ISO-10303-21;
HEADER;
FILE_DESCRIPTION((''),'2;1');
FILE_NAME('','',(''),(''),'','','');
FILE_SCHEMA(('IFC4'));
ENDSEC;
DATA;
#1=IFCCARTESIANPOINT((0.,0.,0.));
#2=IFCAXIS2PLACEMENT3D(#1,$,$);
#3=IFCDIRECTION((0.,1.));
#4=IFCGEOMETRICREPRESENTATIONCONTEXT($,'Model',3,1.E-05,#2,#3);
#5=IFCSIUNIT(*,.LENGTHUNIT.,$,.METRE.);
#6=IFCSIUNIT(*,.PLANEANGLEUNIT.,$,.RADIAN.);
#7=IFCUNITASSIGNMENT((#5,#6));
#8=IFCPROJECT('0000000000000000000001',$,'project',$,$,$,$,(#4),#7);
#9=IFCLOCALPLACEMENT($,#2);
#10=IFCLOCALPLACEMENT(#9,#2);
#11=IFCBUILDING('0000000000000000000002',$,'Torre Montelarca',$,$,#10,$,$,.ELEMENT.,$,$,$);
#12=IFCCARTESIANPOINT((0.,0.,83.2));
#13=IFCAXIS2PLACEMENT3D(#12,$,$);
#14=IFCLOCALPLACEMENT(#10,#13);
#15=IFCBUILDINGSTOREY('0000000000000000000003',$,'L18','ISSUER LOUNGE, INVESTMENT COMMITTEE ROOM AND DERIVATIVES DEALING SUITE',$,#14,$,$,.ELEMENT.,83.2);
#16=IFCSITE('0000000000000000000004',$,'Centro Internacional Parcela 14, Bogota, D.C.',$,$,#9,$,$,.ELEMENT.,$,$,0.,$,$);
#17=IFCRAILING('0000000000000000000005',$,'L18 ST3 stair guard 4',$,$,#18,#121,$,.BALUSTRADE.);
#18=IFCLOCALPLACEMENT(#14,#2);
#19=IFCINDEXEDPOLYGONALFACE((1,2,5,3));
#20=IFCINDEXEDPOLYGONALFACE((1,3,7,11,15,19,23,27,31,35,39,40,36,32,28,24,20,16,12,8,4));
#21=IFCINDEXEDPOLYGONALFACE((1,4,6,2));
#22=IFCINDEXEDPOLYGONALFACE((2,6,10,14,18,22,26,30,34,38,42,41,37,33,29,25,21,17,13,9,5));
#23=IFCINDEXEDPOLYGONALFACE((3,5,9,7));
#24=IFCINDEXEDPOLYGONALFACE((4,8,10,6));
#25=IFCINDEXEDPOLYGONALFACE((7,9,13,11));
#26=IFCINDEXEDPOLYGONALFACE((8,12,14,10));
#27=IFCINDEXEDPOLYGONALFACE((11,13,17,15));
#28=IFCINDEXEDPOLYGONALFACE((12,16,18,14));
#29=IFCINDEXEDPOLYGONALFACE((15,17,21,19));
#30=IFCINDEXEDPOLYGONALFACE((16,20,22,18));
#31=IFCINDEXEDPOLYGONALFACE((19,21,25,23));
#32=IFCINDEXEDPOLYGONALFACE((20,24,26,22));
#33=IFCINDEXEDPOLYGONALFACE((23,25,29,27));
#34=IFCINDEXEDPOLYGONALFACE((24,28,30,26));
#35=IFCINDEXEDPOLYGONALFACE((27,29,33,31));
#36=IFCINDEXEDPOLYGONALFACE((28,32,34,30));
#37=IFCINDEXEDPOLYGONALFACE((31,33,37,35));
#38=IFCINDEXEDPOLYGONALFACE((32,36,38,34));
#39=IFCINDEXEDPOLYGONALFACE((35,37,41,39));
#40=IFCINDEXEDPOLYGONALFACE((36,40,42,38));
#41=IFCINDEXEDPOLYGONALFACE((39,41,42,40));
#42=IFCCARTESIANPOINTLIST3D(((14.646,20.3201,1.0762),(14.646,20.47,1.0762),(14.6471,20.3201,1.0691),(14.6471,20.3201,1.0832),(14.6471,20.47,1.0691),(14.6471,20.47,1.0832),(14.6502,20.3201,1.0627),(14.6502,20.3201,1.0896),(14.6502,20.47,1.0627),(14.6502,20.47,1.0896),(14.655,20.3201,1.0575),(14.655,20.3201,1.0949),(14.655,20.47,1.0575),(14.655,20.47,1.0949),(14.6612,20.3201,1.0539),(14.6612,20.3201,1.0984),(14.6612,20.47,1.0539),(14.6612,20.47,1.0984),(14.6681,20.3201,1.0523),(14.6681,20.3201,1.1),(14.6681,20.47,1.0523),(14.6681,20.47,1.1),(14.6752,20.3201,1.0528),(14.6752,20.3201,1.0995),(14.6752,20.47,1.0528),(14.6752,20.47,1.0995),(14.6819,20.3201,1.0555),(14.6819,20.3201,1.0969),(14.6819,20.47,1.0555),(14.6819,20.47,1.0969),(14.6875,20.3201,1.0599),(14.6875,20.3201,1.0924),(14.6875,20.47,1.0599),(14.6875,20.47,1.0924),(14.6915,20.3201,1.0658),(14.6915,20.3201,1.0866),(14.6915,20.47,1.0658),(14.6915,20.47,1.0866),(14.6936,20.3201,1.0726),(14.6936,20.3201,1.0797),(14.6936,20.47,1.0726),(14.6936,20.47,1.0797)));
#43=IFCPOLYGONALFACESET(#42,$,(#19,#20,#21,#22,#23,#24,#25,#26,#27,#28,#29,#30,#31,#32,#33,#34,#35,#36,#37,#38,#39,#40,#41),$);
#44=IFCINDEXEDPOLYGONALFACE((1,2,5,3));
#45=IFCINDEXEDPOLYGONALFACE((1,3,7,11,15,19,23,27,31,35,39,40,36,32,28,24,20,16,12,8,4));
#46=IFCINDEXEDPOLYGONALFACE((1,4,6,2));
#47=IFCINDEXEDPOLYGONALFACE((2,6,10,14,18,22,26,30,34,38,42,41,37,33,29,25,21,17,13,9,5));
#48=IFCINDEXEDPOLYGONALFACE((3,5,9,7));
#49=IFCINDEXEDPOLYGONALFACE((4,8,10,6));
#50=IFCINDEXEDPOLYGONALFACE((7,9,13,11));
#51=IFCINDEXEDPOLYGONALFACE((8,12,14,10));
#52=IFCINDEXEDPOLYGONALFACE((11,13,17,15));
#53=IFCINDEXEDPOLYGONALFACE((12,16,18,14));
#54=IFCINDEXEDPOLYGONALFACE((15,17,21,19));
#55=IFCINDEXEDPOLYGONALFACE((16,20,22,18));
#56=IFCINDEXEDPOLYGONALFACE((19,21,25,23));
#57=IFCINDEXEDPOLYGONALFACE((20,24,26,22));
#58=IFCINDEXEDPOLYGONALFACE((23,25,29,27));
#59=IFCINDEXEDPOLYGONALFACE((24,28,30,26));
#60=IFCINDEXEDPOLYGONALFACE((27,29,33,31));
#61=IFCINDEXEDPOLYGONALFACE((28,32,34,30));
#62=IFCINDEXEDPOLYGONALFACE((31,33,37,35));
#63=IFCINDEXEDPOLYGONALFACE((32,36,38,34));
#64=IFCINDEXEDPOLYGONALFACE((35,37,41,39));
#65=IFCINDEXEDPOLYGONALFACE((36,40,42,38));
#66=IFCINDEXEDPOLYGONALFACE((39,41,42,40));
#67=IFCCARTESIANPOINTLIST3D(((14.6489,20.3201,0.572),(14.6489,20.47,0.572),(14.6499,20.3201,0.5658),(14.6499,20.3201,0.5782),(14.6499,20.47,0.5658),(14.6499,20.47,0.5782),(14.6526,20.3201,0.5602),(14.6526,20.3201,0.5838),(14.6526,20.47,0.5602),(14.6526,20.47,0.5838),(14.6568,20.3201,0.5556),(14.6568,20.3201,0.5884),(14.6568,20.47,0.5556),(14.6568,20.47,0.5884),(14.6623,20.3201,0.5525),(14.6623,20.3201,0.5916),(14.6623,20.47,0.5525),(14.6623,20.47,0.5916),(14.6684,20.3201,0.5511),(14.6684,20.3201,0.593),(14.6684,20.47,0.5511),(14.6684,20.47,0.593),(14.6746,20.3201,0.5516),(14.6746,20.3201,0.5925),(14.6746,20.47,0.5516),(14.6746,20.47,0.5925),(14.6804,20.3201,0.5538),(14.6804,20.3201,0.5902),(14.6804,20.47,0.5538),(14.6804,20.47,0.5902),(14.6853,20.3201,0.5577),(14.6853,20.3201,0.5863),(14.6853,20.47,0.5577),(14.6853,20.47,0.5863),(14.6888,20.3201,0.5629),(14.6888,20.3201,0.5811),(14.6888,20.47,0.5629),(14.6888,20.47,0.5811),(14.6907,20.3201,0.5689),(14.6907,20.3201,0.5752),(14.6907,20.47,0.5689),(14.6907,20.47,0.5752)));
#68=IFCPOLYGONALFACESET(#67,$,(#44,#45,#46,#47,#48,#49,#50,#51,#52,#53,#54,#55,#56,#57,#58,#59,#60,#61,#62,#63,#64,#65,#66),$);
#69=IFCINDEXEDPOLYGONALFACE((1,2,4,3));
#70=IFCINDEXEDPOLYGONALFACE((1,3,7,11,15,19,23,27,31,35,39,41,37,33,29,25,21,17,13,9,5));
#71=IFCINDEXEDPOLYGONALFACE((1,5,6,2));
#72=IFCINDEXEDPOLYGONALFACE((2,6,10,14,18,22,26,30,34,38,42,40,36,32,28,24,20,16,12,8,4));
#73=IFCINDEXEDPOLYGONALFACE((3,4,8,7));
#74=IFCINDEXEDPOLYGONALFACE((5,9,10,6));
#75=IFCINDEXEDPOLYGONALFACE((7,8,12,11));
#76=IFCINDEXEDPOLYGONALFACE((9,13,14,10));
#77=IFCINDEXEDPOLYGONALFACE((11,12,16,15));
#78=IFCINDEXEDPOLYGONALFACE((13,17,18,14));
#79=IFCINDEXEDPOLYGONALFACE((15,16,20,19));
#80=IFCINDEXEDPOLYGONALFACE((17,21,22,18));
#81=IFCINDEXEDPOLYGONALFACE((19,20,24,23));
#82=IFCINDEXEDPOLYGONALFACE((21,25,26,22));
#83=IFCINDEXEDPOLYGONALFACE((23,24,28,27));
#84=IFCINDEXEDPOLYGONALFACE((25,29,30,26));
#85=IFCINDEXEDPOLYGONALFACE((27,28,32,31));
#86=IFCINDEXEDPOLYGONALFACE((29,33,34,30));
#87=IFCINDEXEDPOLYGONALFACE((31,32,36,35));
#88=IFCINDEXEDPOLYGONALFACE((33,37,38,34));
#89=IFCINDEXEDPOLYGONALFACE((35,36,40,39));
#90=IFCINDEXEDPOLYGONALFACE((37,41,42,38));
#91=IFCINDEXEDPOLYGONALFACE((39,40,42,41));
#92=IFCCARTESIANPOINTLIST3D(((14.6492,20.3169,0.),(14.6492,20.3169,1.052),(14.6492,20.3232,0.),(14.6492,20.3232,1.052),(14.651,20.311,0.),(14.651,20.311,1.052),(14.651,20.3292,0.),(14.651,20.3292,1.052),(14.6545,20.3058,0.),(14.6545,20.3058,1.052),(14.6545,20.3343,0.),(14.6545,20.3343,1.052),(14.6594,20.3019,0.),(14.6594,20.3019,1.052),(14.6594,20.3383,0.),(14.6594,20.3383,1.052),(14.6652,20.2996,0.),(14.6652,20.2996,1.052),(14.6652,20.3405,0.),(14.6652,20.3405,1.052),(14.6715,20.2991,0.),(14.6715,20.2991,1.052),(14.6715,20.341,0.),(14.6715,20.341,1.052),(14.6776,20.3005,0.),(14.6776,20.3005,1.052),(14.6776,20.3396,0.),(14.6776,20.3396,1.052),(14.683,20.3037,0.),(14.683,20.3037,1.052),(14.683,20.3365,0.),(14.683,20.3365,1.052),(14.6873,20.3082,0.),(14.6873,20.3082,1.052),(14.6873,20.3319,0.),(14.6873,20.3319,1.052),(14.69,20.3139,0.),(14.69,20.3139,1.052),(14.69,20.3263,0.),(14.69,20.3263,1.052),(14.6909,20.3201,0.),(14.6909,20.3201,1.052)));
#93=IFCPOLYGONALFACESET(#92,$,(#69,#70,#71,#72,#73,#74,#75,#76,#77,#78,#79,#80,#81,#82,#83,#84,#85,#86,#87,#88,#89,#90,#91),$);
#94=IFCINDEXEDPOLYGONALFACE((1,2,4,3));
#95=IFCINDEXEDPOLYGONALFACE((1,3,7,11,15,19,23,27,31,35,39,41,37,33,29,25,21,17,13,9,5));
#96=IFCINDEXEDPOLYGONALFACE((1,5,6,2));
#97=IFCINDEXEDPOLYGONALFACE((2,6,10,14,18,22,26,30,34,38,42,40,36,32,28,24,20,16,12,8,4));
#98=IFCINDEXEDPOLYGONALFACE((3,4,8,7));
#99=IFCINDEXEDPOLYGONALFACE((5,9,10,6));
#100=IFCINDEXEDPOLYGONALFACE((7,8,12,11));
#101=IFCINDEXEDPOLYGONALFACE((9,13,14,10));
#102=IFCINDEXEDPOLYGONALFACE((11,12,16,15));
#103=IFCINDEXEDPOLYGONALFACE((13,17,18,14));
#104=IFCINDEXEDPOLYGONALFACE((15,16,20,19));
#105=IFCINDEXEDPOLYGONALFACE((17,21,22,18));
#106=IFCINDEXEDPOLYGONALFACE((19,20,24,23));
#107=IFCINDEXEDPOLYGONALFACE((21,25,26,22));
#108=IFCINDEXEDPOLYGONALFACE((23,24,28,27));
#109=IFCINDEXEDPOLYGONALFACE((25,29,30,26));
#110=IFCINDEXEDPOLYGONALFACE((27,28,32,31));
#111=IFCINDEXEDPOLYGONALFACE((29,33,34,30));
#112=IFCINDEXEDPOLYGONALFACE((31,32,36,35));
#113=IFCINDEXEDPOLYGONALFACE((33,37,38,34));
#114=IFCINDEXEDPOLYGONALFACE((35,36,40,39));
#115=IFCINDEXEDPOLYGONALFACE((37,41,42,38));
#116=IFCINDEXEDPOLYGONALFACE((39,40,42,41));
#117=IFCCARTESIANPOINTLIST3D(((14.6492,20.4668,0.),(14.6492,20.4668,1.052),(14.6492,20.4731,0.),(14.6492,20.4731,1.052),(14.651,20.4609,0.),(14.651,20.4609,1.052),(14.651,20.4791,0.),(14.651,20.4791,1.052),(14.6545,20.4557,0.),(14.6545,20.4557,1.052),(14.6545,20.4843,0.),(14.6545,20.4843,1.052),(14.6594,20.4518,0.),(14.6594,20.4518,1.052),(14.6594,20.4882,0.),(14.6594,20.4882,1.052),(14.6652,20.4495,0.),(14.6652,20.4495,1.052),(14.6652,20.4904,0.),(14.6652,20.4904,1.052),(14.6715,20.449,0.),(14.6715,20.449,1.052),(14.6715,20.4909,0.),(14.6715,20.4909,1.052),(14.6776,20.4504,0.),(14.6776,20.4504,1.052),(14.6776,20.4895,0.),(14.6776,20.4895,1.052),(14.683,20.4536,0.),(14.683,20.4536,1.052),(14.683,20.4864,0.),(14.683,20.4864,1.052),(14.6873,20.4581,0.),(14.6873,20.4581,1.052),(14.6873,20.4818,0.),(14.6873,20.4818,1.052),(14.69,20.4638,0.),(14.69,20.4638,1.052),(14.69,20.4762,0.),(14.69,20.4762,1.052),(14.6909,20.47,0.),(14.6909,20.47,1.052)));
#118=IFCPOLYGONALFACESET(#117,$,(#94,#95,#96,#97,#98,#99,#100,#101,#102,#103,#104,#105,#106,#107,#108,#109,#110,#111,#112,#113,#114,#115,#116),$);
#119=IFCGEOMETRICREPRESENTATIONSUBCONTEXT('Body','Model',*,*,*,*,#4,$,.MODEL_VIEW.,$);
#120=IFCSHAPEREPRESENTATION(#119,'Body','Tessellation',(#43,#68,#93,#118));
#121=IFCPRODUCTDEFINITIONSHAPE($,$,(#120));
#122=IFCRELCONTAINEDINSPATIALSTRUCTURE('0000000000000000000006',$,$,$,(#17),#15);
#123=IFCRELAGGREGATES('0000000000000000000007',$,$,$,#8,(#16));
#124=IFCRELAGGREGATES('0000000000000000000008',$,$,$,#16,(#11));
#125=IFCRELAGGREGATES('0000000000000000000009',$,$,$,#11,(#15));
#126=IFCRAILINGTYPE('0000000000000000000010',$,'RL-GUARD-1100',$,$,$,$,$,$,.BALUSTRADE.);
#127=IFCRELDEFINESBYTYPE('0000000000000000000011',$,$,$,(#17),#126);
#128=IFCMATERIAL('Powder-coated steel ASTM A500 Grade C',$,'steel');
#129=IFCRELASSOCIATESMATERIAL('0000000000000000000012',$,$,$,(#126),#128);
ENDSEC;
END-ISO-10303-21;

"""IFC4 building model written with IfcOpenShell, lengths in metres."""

from ifc_helpers import new_model, si_unit, direction, frame, origin, origin_2d, place, context, subcontext, project, spatial, circle, extrude, material, type_object, element, save


model = new_model("IFC4")

# Units and contexts
model_context = context("Model", 3, precision=1e-05, world=origin(), true_north=direction((0.0, 1.0)))
body_context = subcontext(model_context, "Body", "Model", "MODEL_VIEW")
ifc_project = project(units=[si_unit("LENGTHUNIT", "METRE"), si_unit("PLANEANGLEUNIT", "RADIAN")], contexts=[model_context])

# Site, building, storey
site_placement = place(None, origin())
site = spatial("IfcSite", under=ifc_project, at=site_placement, Name="Centro Internacional Parcela 14, Bogota, D.C.", CompositionType="ELEMENT", RefElevation=0.0)
building_placement = place(site_placement, origin())
building = spatial("IfcBuilding", under=site, at=building_placement, Name="Torre Montelarca", CompositionType="ELEMENT")
storey_placement = place(building_placement, frame((0.0, 0.0, 83.2)))
storey = spatial("IfcBuildingStorey", under=building, at=storey_placement, Name="L18", Description="ISSUER LOUNGE, INVESTMENT COMMITTEE ROOM AND DERIVATIVES DEALING SUITE", CompositionType="ELEMENT", Elevation=83.2)

# Railing
ifc_material_1 = material(Name="Powder-coated steel ASTM A500 Grade C", Category="steel")
railing_type_1 = type_object("IfcRailingType", Name="RL-GUARD-1100", PredefinedType="BALUSTRADE", material=ifc_material_1)
railing_1_placement = place(storey_placement, frame((14.6699, 20.3201, 0.0)))
element("IfcRailing", 1, at=railing_1_placement, inside=storey, type_object=railing_type_1, Name="L18 ST3 stair guard 4", PredefinedType="BALUSTRADE", context=body_context, shape_type="SweptSolid", body=[
    extrude(circle(Radius=0.0239, at=origin_2d()), frame((0.0, 0.0, 1.0762), z_axis=(0.0, 1.0, 0.0), x_axis=(-1.0, 0.0, 0.0)), (0.0, 0.0, 1.0), 0.1499),
    extrude(circle(Radius=0.021, at=origin_2d()), frame((0.0, 0.0, 0.572), z_axis=(0.0, 1.0, 0.0), x_axis=(-1.0, 0.0, 0.0)), (0.0, 0.0, 1.0), 0.1499),
    extrude(circle(Radius=0.021, at=origin_2d()), origin(), (0.0, 0.0, 1.0), 1.052),
    extrude(circle(Radius=0.021, at=origin_2d()), frame((0.0, 0.1499, 0.0)), (0.0, 0.0, 1.0), 1.052),
])

save(model, "model.ifc")
